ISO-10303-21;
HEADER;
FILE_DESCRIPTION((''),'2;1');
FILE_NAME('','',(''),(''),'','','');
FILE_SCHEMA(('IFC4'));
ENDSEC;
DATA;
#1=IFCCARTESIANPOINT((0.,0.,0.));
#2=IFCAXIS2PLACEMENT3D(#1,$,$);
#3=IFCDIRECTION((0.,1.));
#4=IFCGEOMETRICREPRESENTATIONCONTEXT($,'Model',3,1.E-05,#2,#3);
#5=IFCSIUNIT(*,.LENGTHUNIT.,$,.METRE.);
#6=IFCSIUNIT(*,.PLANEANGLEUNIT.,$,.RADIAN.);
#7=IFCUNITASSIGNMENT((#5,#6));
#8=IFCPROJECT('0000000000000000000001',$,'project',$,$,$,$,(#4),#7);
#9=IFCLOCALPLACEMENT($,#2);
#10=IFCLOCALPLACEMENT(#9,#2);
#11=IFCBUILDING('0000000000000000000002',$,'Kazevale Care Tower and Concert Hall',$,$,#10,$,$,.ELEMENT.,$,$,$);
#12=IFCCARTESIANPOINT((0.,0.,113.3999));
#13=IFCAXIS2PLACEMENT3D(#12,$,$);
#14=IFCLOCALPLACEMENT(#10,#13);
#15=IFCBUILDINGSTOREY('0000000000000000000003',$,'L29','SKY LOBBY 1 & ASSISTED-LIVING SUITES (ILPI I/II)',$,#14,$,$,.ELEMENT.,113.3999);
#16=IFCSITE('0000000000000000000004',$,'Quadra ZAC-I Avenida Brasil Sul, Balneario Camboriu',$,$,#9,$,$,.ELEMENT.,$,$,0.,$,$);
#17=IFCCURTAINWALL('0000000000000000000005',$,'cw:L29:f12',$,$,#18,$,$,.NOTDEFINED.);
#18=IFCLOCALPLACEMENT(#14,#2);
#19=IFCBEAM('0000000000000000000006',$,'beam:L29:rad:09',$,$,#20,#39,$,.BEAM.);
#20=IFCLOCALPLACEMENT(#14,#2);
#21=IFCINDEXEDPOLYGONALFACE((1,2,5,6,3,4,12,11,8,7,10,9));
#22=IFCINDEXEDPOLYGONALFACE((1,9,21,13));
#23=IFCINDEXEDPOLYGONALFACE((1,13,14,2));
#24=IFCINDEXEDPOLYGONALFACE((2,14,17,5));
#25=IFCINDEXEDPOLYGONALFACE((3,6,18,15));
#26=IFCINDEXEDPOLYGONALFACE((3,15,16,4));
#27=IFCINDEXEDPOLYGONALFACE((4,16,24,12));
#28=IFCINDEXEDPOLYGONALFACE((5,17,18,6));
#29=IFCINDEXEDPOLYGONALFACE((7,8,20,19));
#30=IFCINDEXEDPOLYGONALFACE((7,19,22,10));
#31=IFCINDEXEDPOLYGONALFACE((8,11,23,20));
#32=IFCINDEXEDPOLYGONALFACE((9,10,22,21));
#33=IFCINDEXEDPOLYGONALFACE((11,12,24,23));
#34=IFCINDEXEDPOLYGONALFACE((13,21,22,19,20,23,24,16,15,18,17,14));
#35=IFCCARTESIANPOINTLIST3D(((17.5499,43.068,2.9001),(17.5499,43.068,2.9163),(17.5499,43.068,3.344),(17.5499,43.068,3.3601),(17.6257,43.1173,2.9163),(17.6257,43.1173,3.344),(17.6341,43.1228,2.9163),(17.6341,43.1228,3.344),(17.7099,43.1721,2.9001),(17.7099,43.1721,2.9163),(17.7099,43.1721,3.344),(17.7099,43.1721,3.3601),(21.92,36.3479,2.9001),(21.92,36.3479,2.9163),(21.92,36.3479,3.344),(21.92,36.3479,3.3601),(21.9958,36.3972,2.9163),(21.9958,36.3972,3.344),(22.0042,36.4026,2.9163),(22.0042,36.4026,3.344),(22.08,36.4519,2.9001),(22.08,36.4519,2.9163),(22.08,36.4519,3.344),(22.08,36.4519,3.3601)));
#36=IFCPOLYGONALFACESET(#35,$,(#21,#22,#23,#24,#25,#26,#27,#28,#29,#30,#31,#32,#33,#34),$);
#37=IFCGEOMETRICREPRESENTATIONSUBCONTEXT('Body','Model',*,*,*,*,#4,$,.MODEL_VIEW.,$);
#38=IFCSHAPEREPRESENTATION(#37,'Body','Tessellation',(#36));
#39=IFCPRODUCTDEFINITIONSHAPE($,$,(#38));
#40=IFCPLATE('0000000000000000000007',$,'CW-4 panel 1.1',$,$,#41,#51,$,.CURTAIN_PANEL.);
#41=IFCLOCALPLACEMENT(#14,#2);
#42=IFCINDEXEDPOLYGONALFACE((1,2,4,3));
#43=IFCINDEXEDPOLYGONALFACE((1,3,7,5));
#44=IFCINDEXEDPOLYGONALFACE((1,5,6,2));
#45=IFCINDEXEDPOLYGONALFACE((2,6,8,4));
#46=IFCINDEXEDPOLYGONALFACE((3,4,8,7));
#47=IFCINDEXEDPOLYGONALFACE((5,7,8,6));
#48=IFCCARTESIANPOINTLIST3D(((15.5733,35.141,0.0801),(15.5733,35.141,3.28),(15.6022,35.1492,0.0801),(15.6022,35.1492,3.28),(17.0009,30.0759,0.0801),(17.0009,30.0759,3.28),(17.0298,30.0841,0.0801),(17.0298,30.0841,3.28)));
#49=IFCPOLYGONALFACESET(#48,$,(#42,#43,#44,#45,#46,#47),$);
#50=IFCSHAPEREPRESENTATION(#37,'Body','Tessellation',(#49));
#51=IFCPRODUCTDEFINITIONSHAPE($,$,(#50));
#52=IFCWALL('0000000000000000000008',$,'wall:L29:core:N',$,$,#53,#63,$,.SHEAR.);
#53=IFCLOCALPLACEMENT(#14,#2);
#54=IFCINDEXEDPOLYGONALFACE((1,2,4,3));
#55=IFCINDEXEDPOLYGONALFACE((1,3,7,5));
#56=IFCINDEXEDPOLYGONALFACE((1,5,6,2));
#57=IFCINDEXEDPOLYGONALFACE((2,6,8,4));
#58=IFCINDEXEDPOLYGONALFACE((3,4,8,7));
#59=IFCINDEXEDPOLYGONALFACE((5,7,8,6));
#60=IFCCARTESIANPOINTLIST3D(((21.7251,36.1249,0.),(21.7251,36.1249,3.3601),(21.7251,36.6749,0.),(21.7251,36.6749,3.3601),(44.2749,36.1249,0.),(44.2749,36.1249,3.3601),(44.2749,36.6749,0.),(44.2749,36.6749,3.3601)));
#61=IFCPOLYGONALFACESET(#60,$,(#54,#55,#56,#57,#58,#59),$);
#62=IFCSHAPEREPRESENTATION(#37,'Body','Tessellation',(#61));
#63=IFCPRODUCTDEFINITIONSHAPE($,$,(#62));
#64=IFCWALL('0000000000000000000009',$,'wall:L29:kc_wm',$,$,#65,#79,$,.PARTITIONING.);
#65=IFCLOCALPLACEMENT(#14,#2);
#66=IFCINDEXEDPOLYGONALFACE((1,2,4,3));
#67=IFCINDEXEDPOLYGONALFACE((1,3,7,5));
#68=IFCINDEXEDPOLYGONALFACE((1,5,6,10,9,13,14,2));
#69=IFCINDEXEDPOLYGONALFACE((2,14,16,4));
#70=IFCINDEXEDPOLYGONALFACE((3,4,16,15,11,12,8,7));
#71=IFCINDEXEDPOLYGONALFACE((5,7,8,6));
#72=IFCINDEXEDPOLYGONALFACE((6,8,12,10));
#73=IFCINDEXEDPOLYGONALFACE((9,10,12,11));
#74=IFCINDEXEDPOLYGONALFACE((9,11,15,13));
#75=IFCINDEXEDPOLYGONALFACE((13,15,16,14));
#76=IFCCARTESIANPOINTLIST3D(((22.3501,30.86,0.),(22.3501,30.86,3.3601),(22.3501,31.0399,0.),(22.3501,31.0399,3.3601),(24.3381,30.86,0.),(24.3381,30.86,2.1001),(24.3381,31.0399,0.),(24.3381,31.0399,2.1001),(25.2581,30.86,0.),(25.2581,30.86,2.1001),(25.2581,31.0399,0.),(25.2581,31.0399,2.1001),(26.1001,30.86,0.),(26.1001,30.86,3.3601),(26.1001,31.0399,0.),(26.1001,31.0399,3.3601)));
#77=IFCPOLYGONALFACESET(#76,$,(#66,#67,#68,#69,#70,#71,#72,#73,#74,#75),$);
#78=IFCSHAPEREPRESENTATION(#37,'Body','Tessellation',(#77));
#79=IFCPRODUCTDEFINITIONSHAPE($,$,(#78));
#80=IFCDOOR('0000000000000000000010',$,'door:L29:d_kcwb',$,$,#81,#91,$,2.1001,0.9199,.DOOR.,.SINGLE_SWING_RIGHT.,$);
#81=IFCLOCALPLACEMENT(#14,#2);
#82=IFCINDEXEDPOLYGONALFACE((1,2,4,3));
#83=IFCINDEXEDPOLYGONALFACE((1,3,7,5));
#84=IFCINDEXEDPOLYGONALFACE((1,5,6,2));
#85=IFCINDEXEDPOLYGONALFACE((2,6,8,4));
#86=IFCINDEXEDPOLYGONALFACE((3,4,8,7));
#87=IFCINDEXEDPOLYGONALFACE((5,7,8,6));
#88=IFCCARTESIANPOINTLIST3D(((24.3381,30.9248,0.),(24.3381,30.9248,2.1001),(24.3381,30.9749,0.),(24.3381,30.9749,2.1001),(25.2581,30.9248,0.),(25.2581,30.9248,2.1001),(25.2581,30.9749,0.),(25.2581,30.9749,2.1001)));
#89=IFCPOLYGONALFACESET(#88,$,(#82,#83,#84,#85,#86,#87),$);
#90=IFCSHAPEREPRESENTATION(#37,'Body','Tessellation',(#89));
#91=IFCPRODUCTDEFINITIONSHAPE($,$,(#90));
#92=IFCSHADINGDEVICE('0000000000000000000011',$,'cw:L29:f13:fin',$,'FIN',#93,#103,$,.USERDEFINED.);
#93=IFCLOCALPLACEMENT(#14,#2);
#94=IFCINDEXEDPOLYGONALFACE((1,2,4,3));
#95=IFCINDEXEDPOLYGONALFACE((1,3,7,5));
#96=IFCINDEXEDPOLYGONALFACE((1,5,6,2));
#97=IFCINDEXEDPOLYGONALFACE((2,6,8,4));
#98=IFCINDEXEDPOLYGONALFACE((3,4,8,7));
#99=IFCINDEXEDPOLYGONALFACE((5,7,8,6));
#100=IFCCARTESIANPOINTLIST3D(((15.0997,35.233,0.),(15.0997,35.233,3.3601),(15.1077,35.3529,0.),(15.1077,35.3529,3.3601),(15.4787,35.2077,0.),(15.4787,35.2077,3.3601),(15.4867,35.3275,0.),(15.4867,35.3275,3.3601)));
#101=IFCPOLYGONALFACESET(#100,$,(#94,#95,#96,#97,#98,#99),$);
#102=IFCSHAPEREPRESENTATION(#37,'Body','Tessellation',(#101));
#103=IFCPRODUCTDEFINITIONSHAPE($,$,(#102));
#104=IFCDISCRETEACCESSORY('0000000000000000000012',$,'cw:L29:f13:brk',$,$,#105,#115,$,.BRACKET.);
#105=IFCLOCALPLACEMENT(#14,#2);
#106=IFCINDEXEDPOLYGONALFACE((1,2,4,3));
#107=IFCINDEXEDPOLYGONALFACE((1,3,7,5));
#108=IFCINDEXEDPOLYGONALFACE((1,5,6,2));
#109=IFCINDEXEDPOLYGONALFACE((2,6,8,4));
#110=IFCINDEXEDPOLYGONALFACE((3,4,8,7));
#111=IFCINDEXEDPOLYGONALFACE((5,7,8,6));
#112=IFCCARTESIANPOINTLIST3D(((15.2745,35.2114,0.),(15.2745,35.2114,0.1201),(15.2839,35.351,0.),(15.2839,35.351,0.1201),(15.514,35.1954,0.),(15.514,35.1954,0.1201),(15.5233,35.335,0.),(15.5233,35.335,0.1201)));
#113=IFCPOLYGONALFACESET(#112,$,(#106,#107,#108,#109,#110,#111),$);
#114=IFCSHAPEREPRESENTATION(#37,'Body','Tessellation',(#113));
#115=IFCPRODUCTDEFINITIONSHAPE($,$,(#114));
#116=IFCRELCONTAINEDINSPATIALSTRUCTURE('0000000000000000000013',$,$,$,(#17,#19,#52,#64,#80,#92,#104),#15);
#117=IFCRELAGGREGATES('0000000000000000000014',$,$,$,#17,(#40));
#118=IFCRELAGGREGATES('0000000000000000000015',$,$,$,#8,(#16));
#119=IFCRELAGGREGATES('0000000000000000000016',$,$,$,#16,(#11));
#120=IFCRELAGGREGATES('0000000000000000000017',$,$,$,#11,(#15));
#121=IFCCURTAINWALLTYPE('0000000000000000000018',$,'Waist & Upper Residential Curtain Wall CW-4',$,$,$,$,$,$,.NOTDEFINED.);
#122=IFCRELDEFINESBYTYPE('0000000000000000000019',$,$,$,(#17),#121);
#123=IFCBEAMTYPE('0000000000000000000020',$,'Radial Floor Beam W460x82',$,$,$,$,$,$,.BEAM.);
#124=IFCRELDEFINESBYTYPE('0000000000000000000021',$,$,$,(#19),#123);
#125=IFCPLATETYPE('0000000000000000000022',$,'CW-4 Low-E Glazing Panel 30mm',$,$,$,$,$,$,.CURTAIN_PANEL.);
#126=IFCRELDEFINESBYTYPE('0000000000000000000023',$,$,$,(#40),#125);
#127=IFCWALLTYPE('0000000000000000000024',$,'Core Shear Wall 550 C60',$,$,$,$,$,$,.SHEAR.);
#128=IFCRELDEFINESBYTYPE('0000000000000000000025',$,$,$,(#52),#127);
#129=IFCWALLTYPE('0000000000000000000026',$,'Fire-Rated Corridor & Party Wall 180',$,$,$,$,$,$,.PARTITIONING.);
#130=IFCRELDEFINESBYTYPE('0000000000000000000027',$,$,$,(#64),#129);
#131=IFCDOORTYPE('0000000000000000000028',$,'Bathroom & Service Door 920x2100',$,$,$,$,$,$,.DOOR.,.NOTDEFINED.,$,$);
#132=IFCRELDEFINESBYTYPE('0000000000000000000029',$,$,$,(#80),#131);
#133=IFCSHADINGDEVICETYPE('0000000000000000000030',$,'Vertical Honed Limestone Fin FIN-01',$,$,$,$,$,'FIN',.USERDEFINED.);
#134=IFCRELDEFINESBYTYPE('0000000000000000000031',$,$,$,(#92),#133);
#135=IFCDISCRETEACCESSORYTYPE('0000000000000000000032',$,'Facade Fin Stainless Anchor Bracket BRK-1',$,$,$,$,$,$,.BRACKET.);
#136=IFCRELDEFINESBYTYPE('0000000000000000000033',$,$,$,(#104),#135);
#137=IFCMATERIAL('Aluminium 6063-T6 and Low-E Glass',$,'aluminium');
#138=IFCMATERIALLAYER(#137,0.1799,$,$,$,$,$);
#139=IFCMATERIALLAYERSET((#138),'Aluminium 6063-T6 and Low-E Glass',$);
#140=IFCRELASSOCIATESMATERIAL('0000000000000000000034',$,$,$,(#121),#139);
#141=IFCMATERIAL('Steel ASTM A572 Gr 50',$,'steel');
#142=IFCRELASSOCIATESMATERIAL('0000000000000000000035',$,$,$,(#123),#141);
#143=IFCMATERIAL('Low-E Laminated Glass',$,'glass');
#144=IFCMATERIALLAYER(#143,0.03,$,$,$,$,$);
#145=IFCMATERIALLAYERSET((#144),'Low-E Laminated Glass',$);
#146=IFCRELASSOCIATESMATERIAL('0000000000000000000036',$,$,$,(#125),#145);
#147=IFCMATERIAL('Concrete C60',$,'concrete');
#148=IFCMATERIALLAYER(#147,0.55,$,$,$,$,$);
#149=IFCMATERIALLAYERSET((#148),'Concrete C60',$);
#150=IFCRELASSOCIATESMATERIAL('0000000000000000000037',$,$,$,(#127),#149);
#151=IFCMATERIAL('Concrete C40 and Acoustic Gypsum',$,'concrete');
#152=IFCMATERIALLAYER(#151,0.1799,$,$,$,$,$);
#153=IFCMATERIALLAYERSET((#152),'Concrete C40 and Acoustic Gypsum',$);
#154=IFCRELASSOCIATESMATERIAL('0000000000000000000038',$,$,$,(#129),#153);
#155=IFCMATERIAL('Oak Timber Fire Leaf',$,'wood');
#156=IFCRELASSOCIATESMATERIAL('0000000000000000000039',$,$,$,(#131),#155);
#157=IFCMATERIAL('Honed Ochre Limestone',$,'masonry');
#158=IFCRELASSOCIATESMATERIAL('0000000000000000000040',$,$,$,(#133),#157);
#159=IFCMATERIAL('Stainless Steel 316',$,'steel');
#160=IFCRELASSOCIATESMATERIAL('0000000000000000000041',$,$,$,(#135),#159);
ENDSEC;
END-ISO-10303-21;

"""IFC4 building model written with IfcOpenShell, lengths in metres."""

from ifc_helpers import new_model, si_unit, direction, frame, frame_2d, origin, origin_2d, place, context, subcontext, project, spatial, rectangle, i_section, extrude, material, layer, layer_set, material_profile, profile_set, type_object, element, fill, aggregate, save


model = new_model("IFC4")

# Units and contexts
model_context = context("Model", 3, precision=1e-05, world=origin(), true_north=direction((0.0, 1.0)))
body_context = subcontext(model_context, "Body", "Model", "MODEL_VIEW")
ifc_project = project(units=[si_unit("LENGTHUNIT", "METRE"), si_unit("PLANEANGLEUNIT", "RADIAN")], contexts=[model_context])

# Site, building, storey
site_placement = place(None, origin())
site = spatial("IfcSite", under=ifc_project, at=site_placement, Name="Quadra ZAC-I Avenida Brasil Sul, Balneario Camboriu", CompositionType="ELEMENT", RefElevation=0.0)
building_placement = place(site_placement, origin())
building = spatial("IfcBuilding", under=site, at=building_placement, Name="Kazevale Care Tower and Concert Hall", CompositionType="ELEMENT")
storey_placement = place(building_placement, frame((0.0, 0.0, 113.3999)))
storey = spatial("IfcBuildingStorey", under=building, at=storey_placement, Name="L29", Description="SKY LOBBY 1 & ASSISTED-LIVING SUITES (ILPI I/II)", CompositionType="ELEMENT", Elevation=113.3999)

# Shared definitions
ifc_material_1 = material(Name="Concrete C60", Category="concrete")

# Curtain wall
ifc_material_2 = material(Name="Aluminium 6063-T6 and Low-E Glass", Category="aluminium")
ifc_layer_1 = layer(ifc_material_2, 0.1799)
ifc_layer_set_1 = layer_set([ifc_layer_1], Name="Aluminium 6063-T6 and Low-E Glass")
curtain_wall_type = type_object("IfcCurtainWallType", Name="Waist & Upper Residential Curtain Wall CW-4", PredefinedType="NOTDEFINED", material=ifc_layer_set_1)
curtain_wall_1_placement = place(storey_placement, origin())
curtain_wall_1 = element("IfcCurtainWall", 1, at=curtain_wall_1_placement, inside=storey, type_object=curtain_wall_type, Name="cw:L29:f12", PredefinedType="NOTDEFINED")

# Beam
ifc_material_3 = material(Name="Steel ASTM A572 Gr 50", Category="steel")
ifc_material_profile_1 = material_profile(ifc_material_3, i_section(OverallWidth=0.1909, OverallDepth=0.46, WebThickness=0.01, FlangeThickness=0.0161, at=origin_2d()), Name="W460x82")
ifc_profile_set_1 = profile_set([ifc_material_profile_1], Name="Steel ASTM A572 Gr 50")
beam_type_1 = type_object("IfcBeamType", Name="Radial Floor Beam W460x82", PredefinedType="BEAM", material=ifc_profile_set_1)
beam_1_placement = place(storey_placement, frame((22.0, 36.3999, 3.1301), z_axis=(-0.545162, 0.838331, 0.0), x_axis=(-0.838331, -0.545162, 0.0)))
element("IfcBeam", 2, at=beam_1_placement, inside=storey, type_object=beam_type_1, Name="beam:L29:rad:09", PredefinedType="BEAM", context=body_context, shape_type="SweptSolid", body=[
    extrude(i_section(OverallWidth=0.1909, OverallDepth=0.46, WebThickness=0.01, FlangeThickness=0.0161, at=origin_2d()), origin(), (0.0, 0.0, 1.0), 8.0161),
])

# Plate
ifc_material_4 = material(Name="Low-E Laminated Glass", Category="glass")
ifc_layer_2 = layer(ifc_material_4, 0.03)
ifc_layer_set_2 = layer_set([ifc_layer_2], Name="Low-E Laminated Glass")
plate_type = type_object("IfcPlateType", Name="CW-4 Low-E Glazing Panel 30mm", PredefinedType="CURTAIN_PANEL", material=ifc_layer_set_2)
plate_placement = place(storey_placement, frame((16.3015, 32.6125, 0.0801), z_axis=(0.0, 0.0, 1.0), x_axis=(-0.271285, 0.962499, 0.0)))
plate = element("IfcPlate", 3, at=plate_placement, type_object=plate_type, Name="CW-4 panel 1.1", PredefinedType="CURTAIN_PANEL", context=body_context, shape_type="SweptSolid", body=[
    extrude(rectangle(XDim=5.2625, YDim=0.03, at=origin_2d()), origin(), (0.0, 0.0, 1.0), 3.2),
])
aggregate(curtain_wall_1, [plate])

# Wall
ifc_layer_3 = layer(ifc_material_1, 0.55)
ifc_layer_set_3 = layer_set([ifc_layer_3], Name="Concrete C60")
wall_type_1 = type_object("IfcWallType", Name="Core Shear Wall 550 C60", PredefinedType="SHEAR", material=ifc_layer_set_3)
wall_1_placement = place(storey_placement, frame((21.7251, 36.3999, 0.0), z_axis=(0.0, 0.0, 1.0), x_axis=(1.0, 0.0, 0.0)))
element("IfcWall", 4, at=wall_1_placement, inside=storey, type_object=wall_type_1, Name="wall:L29:core:N", PredefinedType="SHEAR", context=body_context, shape_type="SweptSolid", body=[
    extrude(rectangle(XDim=22.5498, YDim=0.55, at=frame_2d((11.2749, 0.0))), origin(), (0.0, 0.0, 1.0), 3.3601),
])

# Wall, opening, door
ifc_material_5 = material(Name="Concrete C40 and Acoustic Gypsum", Category="concrete")
ifc_layer_4 = layer(ifc_material_5, 0.1799)
ifc_layer_set_4 = layer_set([ifc_layer_4], Name="Concrete C40 and Acoustic Gypsum")
wall_type_2 = type_object("IfcWallType", Name="Fire-Rated Corridor & Party Wall 180", PredefinedType="PARTITIONING", material=ifc_layer_set_4)
wall_2_placement = place(storey_placement, frame((22.3501, 30.95, 0.0), z_axis=(0.0, 0.0, 1.0), x_axis=(1.0, 0.0, 0.0)))
wall_2 = element("IfcWall", 5, at=wall_2_placement, inside=storey, type_object=wall_type_2, Name="wall:L29:kc_wm", PredefinedType="PARTITIONING", context=body_context, shape_type="SweptSolid", body=[
    extrude(rectangle(XDim=3.75, YDim=0.1799, at=frame_2d((1.875, 0.0))), origin(), (0.0, 0.0, 1.0), 3.3601),
])
opening_placement = place(wall_2_placement, frame((1.988, 0.0, 0.0)))
opening = element("IfcOpeningElement", 6, at=opening_placement, cuts=wall_2, PredefinedType="OPENING", context=body_context, shape_type="SweptSolid", body=[
    extrude(rectangle(XDim=0.9199, YDim=2.1001, at=frame_2d((0.46, 1.05))), frame((0.0, 0.0999, 0.0), z_axis=(0.0, -1.0, 0.0), x_axis=(1.0, 0.0, 0.0)), (0.0, 0.0, 1.0), 0.2),
])
ifc_material_6 = material(Name="Oak Timber Fire Leaf", Category="wood")
door_type = type_object("IfcDoorType", Name="Bathroom & Service Door 920x2100", OperationType="NOTDEFINED", PredefinedType="DOOR", material=ifc_material_6)
door_placement = place(opening_placement, origin())
door = element("IfcDoor", 7, at=door_placement, inside=storey, type_object=door_type, Name="door:L29:d_kcwb", OperationType="SINGLE_SWING_RIGHT", OverallHeight=2.1001, OverallWidth=0.9199, PredefinedType="DOOR", context=body_context, shape_type="SweptSolid", body=[
    extrude(rectangle(XDim=0.9199, YDim=2.1001, at=frame_2d((0.46, 1.05))), frame((0.0, 0.0249, 0.0), z_axis=(0.0, -1.0, 0.0), x_axis=(1.0, 0.0, 0.0)), (0.0, 0.0, 1.0), 0.05),
])
fill(opening, door)

# Shading device
ifc_material_7 = material(Name="Honed Ochre Limestone", Category="masonry")
shading_device_type = type_object("IfcShadingDeviceType", Name="Vertical Honed Limestone Fin FIN-01", ElementType="FIN", PredefinedType="USERDEFINED", material=ifc_material_7)
shading_device_placement = place(storey_placement, frame((15.2932, 35.2803, 0.0), z_axis=(0.0, 0.0, 1.0), x_axis=(-0.997778, 0.066622, 0.0)))
element("IfcShadingDevice", 8, at=shading_device_placement, inside=storey, type_object=shading_device_type, Name="cw:L29:f13:fin", ObjectType="FIN", PredefinedType="USERDEFINED", context=body_context, shape_type="SweptSolid", body=[
    extrude(rectangle(XDim=0.3799, YDim=0.1201, at=origin_2d()), origin(), (0.0, 0.0, 1.0), 3.3601),
])

# Discrete accessory
ifc_material_8 = material(Name="Stainless Steel 316", Category="steel")
discrete_accessory_type = type_object("IfcDiscreteAccessoryType", Name="Facade Fin Stainless Anchor Bracket BRK-1", PredefinedType="BRACKET", material=ifc_material_8)
discrete_accessory_placement = place(storey_placement, frame((15.3989, 35.2732, 0.0), z_axis=(0.0, 0.0, 1.0), x_axis=(-0.997778, 0.066622, 0.0)))
element("IfcDiscreteAccessory", 9, at=discrete_accessory_placement, inside=storey, type_object=discrete_accessory_type, Name="cw:L29:f13:brk", PredefinedType="BRACKET", context=body_context, shape_type="SweptSolid", body=[
    extrude(rectangle(XDim=0.24, YDim=0.1399, at=origin_2d()), origin(), (0.0, 0.0, 1.0), 0.1201),
])

save(model, "model.ifc")
